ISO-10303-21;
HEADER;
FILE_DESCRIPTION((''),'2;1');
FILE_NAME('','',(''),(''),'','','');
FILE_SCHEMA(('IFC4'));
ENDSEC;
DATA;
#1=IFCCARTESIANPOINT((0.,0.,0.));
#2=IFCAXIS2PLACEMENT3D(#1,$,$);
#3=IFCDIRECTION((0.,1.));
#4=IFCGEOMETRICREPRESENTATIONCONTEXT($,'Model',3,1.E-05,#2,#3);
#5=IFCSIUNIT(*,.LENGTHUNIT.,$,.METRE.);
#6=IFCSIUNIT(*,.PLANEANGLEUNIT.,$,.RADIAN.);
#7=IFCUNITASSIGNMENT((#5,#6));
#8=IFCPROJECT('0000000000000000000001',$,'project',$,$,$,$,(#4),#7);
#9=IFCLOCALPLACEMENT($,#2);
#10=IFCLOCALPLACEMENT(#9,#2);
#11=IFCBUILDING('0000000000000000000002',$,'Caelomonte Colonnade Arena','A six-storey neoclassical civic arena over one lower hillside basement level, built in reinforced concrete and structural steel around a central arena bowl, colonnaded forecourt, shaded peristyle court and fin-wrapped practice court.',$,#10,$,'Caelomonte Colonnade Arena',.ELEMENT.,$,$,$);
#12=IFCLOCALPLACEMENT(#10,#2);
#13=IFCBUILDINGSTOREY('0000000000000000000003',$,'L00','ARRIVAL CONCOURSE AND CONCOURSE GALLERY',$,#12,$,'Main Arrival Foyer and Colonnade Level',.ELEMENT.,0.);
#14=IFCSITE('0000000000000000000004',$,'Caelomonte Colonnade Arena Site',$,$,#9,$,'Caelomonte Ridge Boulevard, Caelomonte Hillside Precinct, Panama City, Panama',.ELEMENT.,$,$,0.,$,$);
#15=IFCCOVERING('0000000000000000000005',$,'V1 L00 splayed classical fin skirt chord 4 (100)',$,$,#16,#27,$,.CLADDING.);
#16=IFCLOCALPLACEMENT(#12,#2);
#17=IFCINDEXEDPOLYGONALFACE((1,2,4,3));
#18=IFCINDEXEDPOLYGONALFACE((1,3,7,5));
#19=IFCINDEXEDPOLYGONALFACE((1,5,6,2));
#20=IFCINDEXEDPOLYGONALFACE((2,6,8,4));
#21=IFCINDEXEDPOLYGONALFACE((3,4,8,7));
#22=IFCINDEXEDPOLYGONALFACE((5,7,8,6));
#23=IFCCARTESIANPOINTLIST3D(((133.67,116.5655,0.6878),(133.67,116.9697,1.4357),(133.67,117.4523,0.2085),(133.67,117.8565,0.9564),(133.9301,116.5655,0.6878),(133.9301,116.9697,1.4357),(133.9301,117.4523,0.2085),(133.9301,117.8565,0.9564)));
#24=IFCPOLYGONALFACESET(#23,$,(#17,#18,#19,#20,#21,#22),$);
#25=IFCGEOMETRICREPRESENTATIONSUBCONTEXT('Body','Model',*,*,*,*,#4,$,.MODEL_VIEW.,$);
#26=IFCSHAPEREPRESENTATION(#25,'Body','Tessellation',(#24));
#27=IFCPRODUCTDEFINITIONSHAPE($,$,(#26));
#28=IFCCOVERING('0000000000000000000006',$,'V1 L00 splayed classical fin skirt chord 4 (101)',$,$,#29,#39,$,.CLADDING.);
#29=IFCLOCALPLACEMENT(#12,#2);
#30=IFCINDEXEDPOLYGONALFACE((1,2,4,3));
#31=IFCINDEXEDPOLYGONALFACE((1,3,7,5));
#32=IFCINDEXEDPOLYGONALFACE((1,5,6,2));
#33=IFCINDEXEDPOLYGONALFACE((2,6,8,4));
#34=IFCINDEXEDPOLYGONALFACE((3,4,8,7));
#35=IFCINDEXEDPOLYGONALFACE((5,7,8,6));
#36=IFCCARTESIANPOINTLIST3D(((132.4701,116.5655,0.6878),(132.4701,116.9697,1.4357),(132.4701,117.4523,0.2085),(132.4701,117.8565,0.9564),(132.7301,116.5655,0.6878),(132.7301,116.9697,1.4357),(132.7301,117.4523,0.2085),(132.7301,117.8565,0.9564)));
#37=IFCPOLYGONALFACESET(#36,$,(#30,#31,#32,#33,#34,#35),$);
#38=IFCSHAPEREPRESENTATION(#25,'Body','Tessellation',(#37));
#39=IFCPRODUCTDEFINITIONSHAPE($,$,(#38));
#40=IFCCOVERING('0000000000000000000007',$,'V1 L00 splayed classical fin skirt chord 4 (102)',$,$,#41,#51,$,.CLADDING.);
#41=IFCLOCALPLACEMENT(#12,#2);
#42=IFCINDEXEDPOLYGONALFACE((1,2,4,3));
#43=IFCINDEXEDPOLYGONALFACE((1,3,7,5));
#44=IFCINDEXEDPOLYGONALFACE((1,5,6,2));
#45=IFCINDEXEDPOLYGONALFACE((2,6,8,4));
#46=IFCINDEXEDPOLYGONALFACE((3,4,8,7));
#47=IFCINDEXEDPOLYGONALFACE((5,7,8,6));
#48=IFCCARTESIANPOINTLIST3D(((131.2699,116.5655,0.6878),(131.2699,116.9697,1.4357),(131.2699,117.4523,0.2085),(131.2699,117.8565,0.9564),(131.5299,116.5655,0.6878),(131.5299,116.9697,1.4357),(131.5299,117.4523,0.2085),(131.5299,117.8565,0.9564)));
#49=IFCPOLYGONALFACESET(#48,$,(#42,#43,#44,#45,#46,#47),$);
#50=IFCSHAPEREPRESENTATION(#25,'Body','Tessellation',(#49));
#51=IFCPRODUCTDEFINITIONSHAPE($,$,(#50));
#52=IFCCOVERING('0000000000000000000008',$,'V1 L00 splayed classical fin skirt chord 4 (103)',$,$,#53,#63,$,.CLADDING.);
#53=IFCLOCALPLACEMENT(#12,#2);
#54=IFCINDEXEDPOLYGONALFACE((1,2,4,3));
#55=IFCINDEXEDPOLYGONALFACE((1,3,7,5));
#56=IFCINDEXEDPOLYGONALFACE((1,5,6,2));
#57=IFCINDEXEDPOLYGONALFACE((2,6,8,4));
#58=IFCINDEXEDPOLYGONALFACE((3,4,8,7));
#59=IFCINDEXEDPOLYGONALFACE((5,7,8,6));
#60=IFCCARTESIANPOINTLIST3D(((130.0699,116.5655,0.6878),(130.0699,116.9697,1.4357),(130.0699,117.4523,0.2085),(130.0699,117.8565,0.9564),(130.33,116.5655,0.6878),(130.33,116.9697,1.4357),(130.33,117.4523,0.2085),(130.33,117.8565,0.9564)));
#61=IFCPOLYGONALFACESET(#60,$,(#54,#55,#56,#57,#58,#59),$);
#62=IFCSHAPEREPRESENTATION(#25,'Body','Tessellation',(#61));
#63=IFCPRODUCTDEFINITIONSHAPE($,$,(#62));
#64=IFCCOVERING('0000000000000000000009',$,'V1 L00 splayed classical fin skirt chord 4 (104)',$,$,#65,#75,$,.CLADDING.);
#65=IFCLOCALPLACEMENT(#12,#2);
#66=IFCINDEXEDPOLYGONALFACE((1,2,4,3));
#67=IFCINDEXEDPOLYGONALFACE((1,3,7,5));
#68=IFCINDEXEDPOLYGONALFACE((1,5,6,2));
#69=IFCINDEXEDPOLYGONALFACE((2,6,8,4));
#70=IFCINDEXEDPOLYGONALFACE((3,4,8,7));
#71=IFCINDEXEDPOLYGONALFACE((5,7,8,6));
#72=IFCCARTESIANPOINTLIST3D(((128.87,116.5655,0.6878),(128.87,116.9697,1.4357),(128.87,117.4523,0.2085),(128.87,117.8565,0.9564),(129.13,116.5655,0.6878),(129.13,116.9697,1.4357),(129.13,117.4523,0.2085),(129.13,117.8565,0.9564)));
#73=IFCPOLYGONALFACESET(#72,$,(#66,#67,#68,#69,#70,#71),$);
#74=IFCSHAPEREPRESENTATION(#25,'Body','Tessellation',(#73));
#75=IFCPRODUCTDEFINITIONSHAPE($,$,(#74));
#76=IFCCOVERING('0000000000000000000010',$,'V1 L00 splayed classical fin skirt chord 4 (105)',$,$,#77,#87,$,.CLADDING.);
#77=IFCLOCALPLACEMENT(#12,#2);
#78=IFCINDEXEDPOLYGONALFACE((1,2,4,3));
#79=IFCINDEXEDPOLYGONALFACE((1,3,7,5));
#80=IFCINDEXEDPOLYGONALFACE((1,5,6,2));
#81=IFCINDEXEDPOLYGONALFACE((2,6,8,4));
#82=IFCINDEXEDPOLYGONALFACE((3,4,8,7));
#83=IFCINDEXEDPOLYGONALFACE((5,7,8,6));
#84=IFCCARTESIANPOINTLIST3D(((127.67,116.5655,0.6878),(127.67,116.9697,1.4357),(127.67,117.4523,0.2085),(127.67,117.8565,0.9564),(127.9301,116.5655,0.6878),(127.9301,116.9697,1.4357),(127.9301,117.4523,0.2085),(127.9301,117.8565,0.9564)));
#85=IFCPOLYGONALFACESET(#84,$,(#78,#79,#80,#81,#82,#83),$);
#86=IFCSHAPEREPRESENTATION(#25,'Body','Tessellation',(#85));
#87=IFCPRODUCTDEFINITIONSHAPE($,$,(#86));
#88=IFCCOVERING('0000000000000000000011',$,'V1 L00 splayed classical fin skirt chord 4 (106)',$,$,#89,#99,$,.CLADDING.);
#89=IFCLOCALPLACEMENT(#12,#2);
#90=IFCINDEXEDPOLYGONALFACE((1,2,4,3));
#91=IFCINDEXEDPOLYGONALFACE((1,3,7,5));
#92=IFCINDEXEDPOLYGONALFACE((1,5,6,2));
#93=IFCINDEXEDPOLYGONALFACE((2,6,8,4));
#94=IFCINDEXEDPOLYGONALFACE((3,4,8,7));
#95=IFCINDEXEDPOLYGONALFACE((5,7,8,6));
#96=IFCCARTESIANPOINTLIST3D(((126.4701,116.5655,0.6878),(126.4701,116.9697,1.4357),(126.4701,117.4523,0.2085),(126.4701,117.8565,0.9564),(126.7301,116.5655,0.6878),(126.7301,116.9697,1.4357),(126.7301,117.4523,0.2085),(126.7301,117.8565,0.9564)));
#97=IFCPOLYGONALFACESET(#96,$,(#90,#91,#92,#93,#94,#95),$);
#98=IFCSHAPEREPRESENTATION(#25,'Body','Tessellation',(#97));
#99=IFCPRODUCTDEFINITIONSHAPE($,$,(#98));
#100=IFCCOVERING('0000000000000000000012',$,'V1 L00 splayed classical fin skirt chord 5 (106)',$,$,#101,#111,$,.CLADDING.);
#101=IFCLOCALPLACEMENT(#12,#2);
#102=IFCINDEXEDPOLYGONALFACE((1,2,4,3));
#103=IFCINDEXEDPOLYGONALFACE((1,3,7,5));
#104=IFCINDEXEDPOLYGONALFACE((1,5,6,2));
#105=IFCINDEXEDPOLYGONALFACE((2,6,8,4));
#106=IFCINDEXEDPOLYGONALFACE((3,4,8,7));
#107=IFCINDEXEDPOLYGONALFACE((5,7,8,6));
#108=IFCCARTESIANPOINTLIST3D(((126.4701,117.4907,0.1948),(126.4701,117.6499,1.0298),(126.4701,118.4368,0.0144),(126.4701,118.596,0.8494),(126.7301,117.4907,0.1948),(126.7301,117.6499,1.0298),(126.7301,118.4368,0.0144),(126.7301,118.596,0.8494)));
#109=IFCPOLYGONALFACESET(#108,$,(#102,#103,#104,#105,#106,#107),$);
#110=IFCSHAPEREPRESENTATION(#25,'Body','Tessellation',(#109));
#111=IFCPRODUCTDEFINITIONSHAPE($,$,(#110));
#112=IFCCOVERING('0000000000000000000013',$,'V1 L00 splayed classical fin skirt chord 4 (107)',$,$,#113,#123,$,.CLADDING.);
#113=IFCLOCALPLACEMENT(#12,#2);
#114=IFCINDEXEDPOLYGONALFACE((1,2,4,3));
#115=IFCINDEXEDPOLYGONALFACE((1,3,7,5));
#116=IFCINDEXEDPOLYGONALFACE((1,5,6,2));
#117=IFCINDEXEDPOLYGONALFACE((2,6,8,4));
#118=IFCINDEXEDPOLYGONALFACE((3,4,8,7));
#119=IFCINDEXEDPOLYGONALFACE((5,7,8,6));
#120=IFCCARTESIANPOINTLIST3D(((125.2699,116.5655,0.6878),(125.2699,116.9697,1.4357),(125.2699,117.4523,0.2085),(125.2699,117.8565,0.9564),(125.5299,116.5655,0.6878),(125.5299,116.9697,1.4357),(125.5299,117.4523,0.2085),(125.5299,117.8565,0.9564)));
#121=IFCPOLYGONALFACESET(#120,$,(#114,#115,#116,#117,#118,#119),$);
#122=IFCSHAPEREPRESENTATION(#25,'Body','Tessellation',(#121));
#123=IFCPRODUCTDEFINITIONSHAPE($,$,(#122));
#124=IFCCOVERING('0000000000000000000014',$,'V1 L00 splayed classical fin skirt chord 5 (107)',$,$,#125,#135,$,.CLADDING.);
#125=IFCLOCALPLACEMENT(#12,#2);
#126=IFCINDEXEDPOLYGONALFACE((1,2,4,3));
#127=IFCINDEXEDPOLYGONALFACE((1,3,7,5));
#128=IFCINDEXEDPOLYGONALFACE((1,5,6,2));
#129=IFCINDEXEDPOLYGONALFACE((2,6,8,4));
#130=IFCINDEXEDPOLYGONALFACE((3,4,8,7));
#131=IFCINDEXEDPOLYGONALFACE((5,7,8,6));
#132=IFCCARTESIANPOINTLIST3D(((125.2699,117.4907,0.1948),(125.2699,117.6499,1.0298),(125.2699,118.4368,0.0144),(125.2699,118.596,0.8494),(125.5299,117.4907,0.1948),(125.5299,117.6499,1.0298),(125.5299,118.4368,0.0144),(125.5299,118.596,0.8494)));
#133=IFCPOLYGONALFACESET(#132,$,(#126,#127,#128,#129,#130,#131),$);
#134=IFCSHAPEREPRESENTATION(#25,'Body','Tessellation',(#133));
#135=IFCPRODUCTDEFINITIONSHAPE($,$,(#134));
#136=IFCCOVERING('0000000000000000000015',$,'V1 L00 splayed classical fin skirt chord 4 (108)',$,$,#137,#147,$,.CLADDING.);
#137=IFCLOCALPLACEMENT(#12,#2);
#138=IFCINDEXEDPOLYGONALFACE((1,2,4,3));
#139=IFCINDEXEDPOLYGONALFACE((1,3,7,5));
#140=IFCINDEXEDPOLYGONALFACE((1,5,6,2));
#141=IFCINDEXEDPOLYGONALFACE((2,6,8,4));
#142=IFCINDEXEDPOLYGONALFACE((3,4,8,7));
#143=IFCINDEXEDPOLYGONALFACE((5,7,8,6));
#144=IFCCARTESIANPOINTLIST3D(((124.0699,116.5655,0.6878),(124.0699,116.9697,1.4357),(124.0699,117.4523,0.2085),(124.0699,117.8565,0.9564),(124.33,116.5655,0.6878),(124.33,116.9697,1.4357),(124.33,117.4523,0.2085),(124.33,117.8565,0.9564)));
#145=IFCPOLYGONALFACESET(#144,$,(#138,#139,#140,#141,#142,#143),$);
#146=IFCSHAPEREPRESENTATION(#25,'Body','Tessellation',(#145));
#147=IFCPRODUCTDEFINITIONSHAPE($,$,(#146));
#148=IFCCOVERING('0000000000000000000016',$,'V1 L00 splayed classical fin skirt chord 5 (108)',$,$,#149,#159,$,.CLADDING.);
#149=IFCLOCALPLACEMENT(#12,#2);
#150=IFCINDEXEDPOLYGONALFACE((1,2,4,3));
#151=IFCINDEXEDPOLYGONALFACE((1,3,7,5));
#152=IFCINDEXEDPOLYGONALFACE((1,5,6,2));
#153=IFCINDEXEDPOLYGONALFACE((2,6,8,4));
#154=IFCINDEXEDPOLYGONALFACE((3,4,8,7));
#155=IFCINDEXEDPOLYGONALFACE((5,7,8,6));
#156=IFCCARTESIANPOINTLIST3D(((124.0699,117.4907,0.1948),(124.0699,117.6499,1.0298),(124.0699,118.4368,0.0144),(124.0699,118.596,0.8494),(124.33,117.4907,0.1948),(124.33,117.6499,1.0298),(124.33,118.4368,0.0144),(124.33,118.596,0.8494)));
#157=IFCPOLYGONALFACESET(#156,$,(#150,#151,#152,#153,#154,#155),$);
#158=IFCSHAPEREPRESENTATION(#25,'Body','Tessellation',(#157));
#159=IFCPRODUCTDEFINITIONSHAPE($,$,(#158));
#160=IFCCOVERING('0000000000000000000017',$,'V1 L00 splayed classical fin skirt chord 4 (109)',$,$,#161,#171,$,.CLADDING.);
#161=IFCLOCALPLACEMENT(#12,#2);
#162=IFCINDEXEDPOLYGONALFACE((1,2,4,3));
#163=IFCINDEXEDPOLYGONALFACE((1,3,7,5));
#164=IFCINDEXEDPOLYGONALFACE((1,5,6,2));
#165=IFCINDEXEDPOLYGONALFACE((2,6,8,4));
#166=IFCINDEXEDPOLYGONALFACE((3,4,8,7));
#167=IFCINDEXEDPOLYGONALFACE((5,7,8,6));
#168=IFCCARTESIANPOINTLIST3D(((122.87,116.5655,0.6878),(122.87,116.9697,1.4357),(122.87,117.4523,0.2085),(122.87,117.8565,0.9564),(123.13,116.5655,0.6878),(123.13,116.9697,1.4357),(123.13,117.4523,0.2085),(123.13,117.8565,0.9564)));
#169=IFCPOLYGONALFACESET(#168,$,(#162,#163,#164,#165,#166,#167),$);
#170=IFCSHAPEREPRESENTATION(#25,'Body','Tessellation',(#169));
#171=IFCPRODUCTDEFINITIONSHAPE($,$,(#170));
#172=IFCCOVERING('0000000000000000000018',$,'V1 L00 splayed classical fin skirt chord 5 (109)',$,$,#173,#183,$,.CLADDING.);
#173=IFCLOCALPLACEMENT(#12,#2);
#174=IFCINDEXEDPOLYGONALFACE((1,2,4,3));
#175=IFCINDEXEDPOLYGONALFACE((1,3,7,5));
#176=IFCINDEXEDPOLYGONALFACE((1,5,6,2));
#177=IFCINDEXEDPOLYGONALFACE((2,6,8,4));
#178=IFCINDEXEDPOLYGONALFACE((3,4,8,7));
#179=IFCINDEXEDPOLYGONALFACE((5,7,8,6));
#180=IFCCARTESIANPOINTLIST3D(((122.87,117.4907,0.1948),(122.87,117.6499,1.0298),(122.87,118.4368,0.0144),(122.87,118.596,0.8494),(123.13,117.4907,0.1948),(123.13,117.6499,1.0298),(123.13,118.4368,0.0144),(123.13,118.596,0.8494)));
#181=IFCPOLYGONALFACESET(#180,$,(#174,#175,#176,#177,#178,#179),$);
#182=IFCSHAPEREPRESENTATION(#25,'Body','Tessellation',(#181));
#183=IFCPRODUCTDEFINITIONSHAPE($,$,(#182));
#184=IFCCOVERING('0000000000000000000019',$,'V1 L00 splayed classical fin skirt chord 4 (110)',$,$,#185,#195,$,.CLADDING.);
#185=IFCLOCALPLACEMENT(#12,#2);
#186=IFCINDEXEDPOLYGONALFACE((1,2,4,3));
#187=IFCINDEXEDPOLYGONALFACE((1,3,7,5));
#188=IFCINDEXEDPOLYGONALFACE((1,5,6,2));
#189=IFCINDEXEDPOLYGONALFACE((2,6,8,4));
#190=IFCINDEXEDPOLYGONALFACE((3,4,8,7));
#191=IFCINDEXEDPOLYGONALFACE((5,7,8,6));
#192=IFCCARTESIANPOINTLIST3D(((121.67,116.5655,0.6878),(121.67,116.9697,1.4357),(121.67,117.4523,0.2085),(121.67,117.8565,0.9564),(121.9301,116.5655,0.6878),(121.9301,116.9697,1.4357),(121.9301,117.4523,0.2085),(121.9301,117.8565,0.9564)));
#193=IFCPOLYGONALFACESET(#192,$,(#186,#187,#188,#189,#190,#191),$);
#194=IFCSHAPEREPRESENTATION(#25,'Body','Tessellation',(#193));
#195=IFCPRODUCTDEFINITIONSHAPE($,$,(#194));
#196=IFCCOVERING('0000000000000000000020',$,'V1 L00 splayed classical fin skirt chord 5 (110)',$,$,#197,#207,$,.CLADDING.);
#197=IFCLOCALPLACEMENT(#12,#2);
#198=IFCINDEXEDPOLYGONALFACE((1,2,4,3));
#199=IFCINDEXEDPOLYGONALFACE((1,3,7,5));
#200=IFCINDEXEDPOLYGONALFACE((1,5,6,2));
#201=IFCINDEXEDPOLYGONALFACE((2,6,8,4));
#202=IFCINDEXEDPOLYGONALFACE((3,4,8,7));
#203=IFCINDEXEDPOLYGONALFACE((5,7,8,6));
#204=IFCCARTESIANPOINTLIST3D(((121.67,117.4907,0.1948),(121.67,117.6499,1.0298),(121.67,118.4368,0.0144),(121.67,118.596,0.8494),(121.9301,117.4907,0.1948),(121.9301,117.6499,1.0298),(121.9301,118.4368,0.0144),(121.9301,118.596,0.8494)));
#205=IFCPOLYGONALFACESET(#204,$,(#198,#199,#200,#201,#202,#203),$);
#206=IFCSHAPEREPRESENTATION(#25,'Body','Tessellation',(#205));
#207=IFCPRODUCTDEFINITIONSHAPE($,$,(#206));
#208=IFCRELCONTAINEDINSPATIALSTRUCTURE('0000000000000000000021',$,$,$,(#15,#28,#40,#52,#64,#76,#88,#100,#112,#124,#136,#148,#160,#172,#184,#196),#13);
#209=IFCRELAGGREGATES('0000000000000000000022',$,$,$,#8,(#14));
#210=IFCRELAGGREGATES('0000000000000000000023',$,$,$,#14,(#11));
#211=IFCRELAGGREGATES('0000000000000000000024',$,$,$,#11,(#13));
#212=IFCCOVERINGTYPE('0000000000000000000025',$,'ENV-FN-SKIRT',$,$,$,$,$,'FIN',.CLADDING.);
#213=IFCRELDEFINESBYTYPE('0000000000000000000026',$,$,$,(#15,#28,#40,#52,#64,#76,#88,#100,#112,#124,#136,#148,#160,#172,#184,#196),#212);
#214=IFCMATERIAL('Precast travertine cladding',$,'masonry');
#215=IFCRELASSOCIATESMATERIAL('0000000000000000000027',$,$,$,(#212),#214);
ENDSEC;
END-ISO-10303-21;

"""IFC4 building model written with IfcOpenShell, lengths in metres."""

from ifc_helpers import new_model, si_unit, direction, frame, origin, origin_2d, place, context, subcontext, project, spatial, rectangle, extrude, material, material_profile, profile_set, type_object, element, save


model = new_model("IFC4")

# Units and contexts
model_context = context("Model", 3, precision=1e-05, world=origin(), true_north=direction((0.0, 1.0)))
body_context = subcontext(model_context, "Body", "Model", "MODEL_VIEW")
ifc_project = project(units=[si_unit("LENGTHUNIT", "METRE"), si_unit("PLANEANGLEUNIT", "RADIAN")], contexts=[model_context])

# Site, building, storey
site_placement = place(None, origin())
site = spatial("IfcSite", under=ifc_project, at=site_placement, Name="Caelomonte Colonnade Arena Site", LongName="Caelomonte Ridge Boulevard, Caelomonte Hillside Precinct, Panama City, Panama", CompositionType="ELEMENT", RefElevation=0.0)
building_placement = place(site_placement, origin())
building = spatial("IfcBuilding", under=site, at=building_placement, Name="Caelomonte Colonnade Arena", Description="A six-storey neoclassical civic arena over one lower hillside basement level, built in reinforced concrete and structural steel around a central arena bowl, colonnaded forecourt, shaded peristyle court and fin-wrapped practice court.", LongName="Caelomonte Colonnade Arena", CompositionType="ELEMENT")
storey_placement = place(building_placement, origin())
storey = spatial("IfcBuildingStorey", under=building, at=storey_placement, Name="L00", Description="ARRIVAL CONCOURSE AND CONCOURSE GALLERY", LongName="Main Arrival Foyer and Colonnade Level", CompositionType="ELEMENT", Elevation=0.0)

# Coverings
ifc_material = material(Name="Precast travertine cladding", Category="masonry")
ifc_material_profile = material_profile(ifc_material, rectangle(XDim=0.26, YDim=0.8501, at=origin_2d()), Name="FIN260X850")
ifc_profile_set = profile_set([ifc_material_profile], Name="Precast travertine cladding")
covering_type = type_object("IfcCoveringType", Name="ENV-FN-SKIRT", ElementType="FIN", PredefinedType="CLADDING", material=ifc_profile_set)
for number, where, z_axis, x_axis, name in (
    (1, (133.8, 116.7676, 1.0618), (0.0, 0.879731, -0.475471), (-1.0, 0.0, 0.0), "V1 L00 splayed classical fin skirt chord 4 (100)"),
    (2, (132.6001, 116.7676, 1.0618), (0.0, 0.879731, -0.475471), (-1.0, 0.0, 0.0), "V1 L00 splayed classical fin skirt chord 4 (101)"),
    (3, (131.3999, 116.7676, 1.0618), (0.0, 0.879731, -0.475471), (-1.0, 0.0, 0.0), "V1 L00 splayed classical fin skirt chord 4 (102)"),
    (4, (130.2, 116.7676, 1.0618), (0.0, 0.879731, -0.475471), (-1.0, 0.0, 0.0), "V1 L00 splayed classical fin skirt chord 4 (103)"),
    (5, (129.0, 116.7676, 1.0618), (0.0, 0.879731, -0.475471), (-1.0, 0.0, 0.0), "V1 L00 splayed classical fin skirt chord 4 (104)"),
    (6, (127.8, 116.7676, 1.0618), (0.0, 0.879731, -0.475471), (-1.0, 0.0, 0.0), "V1 L00 splayed classical fin skirt chord 4 (105)"),
    (7, (126.6001, 116.7676, 1.0618), (0.0, 0.879731, -0.475471), (-1.0, 0.0, 0.0), "V1 L00 splayed classical fin skirt chord 4 (106)"),
):
    element("IfcCovering", number, at=place(storey_placement, frame(where, z_axis=z_axis, x_axis=x_axis)), inside=storey, type_object=covering_type, Name=name, PredefinedType="CLADDING", context=body_context, shape_type="SweptSolid", body=[
        extrude(rectangle(XDim=0.26, YDim=0.8501, at=origin_2d()), origin(), (0.0, 0.0, 1.0), 1.0081),
    ])
covering_1_placement = place(storey_placement, frame((126.6001, 117.5703, 0.6123), z_axis=(0.0, 0.982296, -0.187333), x_axis=(-1.0, 0.0, 0.0)))
element("IfcCovering", 8, at=covering_1_placement, inside=storey, type_object=covering_type, Name="V1 L00 splayed classical fin skirt chord 5 (106)", PredefinedType="CLADDING", context=body_context, shape_type="SweptSolid", body=[
    extrude(rectangle(XDim=0.26, YDim=0.8501, at=origin_2d()), origin(), (0.0, 0.0, 1.0), 0.9631),
])
covering_2_placement = place(storey_placement, frame((125.3999, 116.7676, 1.0618), z_axis=(0.0, 0.879731, -0.475471), x_axis=(-1.0, 0.0, 0.0)))
element("IfcCovering", 9, at=covering_2_placement, inside=storey, type_object=covering_type, Name="V1 L00 splayed classical fin skirt chord 4 (107)", PredefinedType="CLADDING", context=body_context, shape_type="SweptSolid", body=[
    extrude(rectangle(XDim=0.26, YDim=0.8501, at=origin_2d()), origin(), (0.0, 0.0, 1.0), 1.0081),
])
covering_3_placement = place(storey_placement, frame((125.3999, 117.5703, 0.6123), z_axis=(0.0, 0.982296, -0.187333), x_axis=(-1.0, 0.0, 0.0)))
element("IfcCovering", 10, at=covering_3_placement, inside=storey, type_object=covering_type, Name="V1 L00 splayed classical fin skirt chord 5 (107)", PredefinedType="CLADDING", context=body_context, shape_type="SweptSolid", body=[
    extrude(rectangle(XDim=0.26, YDim=0.8501, at=origin_2d()), origin(), (0.0, 0.0, 1.0), 0.9631),
])
covering_4_placement = place(storey_placement, frame((124.2, 116.7676, 1.0618), z_axis=(0.0, 0.879731, -0.475471), x_axis=(-1.0, 0.0, 0.0)))
element("IfcCovering", 11, at=covering_4_placement, inside=storey, type_object=covering_type, Name="V1 L00 splayed classical fin skirt chord 4 (108)", PredefinedType="CLADDING", context=body_context, shape_type="SweptSolid", body=[
    extrude(rectangle(XDim=0.26, YDim=0.8501, at=origin_2d()), origin(), (0.0, 0.0, 1.0), 1.0081),
])
covering_5_placement = place(storey_placement, frame((124.2, 117.5703, 0.6123), z_axis=(0.0, 0.982296, -0.187333), x_axis=(-1.0, 0.0, 0.0)))
element("IfcCovering", 12, at=covering_5_placement, inside=storey, type_object=covering_type, Name="V1 L00 splayed classical fin skirt chord 5 (108)", PredefinedType="CLADDING", context=body_context, shape_type="SweptSolid", body=[
    extrude(rectangle(XDim=0.26, YDim=0.8501, at=origin_2d()), origin(), (0.0, 0.0, 1.0), 0.9631),
])
covering_6_placement = place(storey_placement, frame((123.0, 116.7676, 1.0618), z_axis=(0.0, 0.879731, -0.475471), x_axis=(-1.0, 0.0, 0.0)))
element("IfcCovering", 13, at=covering_6_placement, inside=storey, type_object=covering_type, Name="V1 L00 splayed classical fin skirt chord 4 (109)", PredefinedType="CLADDING", context=body_context, shape_type="SweptSolid", body=[
    extrude(rectangle(XDim=0.26, YDim=0.8501, at=origin_2d()), origin(), (0.0, 0.0, 1.0), 1.0081),
])
covering_7_placement = place(storey_placement, frame((123.0, 117.5703, 0.6123), z_axis=(0.0, 0.982296, -0.187333), x_axis=(-1.0, 0.0, 0.0)))
element("IfcCovering", 14, at=covering_7_placement, inside=storey, type_object=covering_type, Name="V1 L00 splayed classical fin skirt chord 5 (109)", PredefinedType="CLADDING", context=body_context, shape_type="SweptSolid", body=[
    extrude(rectangle(XDim=0.26, YDim=0.8501, at=origin_2d()), origin(), (0.0, 0.0, 1.0), 0.9631),
])
covering_8_placement = place(storey_placement, frame((121.8, 116.7676, 1.0618), z_axis=(0.0, 0.879731, -0.475471), x_axis=(-1.0, 0.0, 0.0)))
element("IfcCovering", 15, at=covering_8_placement, inside=storey, type_object=covering_type, Name="V1 L00 splayed classical fin skirt chord 4 (110)", PredefinedType="CLADDING", context=body_context, shape_type="SweptSolid", body=[
    extrude(rectangle(XDim=0.26, YDim=0.8501, at=origin_2d()), origin(), (0.0, 0.0, 1.0), 1.0081),
])
covering_9_placement = place(storey_placement, frame((121.8, 117.5703, 0.6123), z_axis=(0.0, 0.982296, -0.187333), x_axis=(-1.0, 0.0, 0.0)))
element("IfcCovering", 16, at=covering_9_placement, inside=storey, type_object=covering_type, Name="V1 L00 splayed classical fin skirt chord 5 (110)", PredefinedType="CLADDING", context=body_context, shape_type="SweptSolid", body=[
    extrude(rectangle(XDim=0.26, YDim=0.8501, at=origin_2d()), origin(), (0.0, 0.0, 1.0), 0.9631),
])

save(model, "model.ifc")
